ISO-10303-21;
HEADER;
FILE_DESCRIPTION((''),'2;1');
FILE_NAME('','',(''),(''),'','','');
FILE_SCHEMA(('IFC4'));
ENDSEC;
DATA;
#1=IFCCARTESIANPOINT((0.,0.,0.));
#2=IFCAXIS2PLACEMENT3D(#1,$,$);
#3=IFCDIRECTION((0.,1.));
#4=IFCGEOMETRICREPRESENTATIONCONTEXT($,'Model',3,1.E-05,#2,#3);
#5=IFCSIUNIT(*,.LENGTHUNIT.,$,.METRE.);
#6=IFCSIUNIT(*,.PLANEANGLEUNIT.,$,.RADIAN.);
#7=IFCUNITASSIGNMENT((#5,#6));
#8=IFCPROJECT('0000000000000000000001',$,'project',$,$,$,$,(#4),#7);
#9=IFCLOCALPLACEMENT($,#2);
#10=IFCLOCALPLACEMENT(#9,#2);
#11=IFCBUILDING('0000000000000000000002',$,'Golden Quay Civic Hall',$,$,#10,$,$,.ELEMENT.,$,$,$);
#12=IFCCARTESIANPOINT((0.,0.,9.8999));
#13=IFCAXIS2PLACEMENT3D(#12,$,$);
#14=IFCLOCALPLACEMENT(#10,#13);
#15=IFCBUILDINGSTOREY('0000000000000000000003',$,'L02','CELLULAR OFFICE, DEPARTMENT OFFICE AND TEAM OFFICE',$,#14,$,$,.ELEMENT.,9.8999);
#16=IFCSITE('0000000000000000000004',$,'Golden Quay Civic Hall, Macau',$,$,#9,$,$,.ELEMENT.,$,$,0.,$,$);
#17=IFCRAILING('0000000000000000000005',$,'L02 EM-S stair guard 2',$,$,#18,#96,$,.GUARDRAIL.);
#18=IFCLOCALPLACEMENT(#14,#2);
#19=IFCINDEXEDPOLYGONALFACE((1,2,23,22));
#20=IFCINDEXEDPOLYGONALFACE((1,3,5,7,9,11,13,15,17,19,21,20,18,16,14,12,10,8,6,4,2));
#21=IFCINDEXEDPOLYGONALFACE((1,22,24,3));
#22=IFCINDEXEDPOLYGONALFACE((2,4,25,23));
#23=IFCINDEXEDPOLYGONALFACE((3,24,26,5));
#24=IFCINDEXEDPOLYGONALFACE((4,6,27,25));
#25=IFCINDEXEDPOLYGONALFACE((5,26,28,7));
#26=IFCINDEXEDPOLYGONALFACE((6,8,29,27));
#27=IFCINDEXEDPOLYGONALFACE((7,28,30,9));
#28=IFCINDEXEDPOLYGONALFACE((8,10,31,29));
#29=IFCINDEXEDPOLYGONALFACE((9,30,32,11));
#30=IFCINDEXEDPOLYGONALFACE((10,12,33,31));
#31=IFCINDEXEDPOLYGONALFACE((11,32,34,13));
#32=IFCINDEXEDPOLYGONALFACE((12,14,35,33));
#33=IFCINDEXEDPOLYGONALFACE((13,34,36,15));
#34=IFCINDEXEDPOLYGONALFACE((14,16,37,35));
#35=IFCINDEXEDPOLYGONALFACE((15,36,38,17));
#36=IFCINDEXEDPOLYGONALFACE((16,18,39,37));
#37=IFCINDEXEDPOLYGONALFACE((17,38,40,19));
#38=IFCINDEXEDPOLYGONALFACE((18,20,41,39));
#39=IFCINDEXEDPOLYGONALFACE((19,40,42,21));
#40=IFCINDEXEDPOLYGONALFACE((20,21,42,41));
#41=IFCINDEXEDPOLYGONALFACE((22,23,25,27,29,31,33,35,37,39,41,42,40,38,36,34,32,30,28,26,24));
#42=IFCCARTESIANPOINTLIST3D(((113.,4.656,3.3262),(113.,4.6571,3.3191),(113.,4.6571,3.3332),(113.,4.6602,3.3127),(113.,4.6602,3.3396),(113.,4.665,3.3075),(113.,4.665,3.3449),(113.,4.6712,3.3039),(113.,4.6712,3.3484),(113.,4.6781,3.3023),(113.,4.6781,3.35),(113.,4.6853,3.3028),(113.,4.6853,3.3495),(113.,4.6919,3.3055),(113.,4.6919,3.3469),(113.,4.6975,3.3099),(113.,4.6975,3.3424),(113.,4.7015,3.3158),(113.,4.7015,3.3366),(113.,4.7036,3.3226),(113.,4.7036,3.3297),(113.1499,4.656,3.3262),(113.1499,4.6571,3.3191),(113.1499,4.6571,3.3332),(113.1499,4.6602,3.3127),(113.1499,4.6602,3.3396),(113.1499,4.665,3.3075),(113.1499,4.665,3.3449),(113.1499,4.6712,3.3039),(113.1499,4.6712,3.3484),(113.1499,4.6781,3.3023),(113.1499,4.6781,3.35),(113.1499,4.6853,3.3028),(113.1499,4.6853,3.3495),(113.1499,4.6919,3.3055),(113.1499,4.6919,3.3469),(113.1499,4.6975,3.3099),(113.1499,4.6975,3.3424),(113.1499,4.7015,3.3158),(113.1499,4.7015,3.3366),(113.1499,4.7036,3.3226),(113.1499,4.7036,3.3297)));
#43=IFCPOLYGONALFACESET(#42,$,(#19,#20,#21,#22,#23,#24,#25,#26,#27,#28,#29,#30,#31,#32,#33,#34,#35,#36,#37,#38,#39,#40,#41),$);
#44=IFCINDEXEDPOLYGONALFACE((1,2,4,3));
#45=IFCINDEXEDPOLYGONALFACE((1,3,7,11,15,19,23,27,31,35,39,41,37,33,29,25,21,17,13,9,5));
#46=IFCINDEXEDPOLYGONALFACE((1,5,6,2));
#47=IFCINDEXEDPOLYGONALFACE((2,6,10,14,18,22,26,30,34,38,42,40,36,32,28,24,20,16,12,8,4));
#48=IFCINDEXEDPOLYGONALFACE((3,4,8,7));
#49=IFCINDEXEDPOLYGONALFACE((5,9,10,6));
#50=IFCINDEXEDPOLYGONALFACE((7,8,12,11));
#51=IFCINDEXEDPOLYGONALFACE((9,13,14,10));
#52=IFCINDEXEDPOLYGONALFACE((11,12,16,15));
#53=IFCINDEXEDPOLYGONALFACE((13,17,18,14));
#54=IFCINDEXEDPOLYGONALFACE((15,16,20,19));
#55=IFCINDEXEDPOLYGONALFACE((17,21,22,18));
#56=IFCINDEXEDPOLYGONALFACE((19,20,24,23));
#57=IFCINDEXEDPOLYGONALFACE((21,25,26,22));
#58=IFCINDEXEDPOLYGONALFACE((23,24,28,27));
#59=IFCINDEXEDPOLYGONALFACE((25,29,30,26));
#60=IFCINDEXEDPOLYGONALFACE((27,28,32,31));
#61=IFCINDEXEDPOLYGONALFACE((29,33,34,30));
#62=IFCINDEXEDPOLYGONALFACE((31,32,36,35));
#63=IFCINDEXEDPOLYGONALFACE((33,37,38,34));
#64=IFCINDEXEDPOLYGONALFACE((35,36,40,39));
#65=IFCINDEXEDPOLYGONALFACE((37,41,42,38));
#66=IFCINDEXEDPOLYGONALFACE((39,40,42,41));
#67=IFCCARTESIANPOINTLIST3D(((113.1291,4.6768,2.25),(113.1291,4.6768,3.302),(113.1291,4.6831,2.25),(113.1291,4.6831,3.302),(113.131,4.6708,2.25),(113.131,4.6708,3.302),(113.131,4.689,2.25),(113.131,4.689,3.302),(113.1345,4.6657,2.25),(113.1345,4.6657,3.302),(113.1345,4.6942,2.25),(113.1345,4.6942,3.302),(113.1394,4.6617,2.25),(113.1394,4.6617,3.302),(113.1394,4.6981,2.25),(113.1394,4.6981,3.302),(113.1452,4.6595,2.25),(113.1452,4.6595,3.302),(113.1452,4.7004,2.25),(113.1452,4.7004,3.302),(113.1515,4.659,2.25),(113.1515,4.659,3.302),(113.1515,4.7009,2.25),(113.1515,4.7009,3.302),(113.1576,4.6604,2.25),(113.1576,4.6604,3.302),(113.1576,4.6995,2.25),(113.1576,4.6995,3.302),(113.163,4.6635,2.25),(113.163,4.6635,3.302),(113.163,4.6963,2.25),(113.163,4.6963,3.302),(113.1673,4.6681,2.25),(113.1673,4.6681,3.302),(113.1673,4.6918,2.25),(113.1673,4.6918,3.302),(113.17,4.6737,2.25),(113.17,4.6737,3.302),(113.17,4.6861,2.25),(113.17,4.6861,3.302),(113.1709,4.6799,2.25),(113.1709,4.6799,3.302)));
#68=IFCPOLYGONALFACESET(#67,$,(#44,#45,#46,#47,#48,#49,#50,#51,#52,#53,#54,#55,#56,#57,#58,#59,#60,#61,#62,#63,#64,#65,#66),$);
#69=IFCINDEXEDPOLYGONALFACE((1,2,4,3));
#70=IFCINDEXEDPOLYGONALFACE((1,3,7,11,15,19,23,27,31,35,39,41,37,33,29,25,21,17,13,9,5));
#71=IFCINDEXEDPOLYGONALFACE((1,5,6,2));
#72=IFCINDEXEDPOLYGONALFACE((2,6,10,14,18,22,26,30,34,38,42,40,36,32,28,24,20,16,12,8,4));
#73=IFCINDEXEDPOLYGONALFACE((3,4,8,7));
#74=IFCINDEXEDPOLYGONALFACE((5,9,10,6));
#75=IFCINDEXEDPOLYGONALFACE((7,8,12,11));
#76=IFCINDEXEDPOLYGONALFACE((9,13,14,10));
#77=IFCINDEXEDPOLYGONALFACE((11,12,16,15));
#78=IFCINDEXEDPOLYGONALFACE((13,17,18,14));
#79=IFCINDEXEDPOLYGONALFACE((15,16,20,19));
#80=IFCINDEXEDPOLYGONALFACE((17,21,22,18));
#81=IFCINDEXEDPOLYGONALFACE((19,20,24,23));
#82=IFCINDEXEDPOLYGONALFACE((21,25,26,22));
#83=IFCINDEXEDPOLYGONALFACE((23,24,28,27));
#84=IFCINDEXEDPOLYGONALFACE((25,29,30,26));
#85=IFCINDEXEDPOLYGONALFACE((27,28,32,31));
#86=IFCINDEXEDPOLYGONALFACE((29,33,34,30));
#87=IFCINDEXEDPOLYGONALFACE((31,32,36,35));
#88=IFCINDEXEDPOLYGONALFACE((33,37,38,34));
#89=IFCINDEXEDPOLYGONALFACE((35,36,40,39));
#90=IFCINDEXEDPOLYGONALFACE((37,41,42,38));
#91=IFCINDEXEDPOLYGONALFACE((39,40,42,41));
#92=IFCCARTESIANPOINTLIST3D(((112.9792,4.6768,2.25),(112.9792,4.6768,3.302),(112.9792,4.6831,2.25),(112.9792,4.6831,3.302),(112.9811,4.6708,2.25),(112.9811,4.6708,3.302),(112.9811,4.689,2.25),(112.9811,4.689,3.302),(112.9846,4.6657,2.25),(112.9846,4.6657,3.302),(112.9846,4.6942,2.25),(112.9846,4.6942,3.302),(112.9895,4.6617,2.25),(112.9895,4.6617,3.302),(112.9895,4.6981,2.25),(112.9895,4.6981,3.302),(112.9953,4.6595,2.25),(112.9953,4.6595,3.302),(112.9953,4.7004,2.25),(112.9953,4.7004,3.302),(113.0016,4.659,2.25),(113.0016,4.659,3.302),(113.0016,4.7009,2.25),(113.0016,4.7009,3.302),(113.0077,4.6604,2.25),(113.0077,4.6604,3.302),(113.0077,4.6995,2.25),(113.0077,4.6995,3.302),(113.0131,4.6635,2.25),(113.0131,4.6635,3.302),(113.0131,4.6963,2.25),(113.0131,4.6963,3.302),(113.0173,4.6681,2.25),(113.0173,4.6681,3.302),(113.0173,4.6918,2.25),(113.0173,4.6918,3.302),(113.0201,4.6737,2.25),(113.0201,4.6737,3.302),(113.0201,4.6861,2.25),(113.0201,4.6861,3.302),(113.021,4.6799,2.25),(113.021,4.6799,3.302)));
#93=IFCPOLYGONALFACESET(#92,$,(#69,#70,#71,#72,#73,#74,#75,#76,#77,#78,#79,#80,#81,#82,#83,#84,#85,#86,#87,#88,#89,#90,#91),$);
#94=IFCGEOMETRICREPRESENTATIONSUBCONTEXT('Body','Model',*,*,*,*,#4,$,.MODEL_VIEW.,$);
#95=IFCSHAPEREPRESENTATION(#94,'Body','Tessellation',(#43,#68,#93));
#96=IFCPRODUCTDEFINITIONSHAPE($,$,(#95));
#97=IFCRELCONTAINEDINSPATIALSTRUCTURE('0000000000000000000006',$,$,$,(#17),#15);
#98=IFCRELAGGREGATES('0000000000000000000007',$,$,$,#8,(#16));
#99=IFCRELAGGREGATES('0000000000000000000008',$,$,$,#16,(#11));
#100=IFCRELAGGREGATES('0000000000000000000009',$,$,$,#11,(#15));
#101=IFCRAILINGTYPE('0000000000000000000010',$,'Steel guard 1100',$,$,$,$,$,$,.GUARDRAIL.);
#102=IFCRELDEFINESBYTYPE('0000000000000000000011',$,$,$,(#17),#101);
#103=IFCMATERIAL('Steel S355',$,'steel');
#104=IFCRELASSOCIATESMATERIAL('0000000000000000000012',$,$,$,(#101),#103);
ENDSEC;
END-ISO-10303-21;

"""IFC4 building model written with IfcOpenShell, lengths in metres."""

from ifc_helpers import new_model, si_unit, direction, frame, origin, origin_2d, place, context, subcontext, project, spatial, circle, extrude, material, type_object, element, save


model = new_model("IFC4")

# Units and contexts
model_context = context("Model", 3, precision=1e-05, world=origin(), true_north=direction((0.0, 1.0)))
body_context = subcontext(model_context, "Body", "Model", "MODEL_VIEW")
ifc_project = project(units=[si_unit("LENGTHUNIT", "METRE"), si_unit("PLANEANGLEUNIT", "RADIAN")], contexts=[model_context])

# Site, building, storey
site_placement = place(None, origin())
site = spatial("IfcSite", under=ifc_project, at=site_placement, Name="Golden Quay Civic Hall, Macau", CompositionType="ELEMENT", RefElevation=0.0)
building_placement = place(site_placement, origin())
building = spatial("IfcBuilding", under=site, at=building_placement, Name="Golden Quay Civic Hall", CompositionType="ELEMENT")
storey_placement = place(building_placement, frame((0.0, 0.0, 9.8999)))
storey = spatial("IfcBuildingStorey", under=building, at=storey_placement, Name="L02", Description="CELLULAR OFFICE, DEPARTMENT OFFICE AND TEAM OFFICE", CompositionType="ELEMENT", Elevation=9.8999)

# Railing
ifc_material_1 = material(Name="Steel S355", Category="steel")
railing_type = type_object("IfcRailingType", Name="Steel guard 1100", PredefinedType="GUARDRAIL", material=ifc_material_1)
railing_1_placement = place(storey_placement, frame((113.1499, 4.6799, 2.25)))
element("IfcRailing", 1, at=railing_1_placement, inside=storey, type_object=railing_type, Name="L02 EM-S stair guard 2", PredefinedType="GUARDRAIL", context=body_context, shape_type="SweptSolid", body=[
    extrude(circle(Radius=0.0239, at=origin_2d()), frame((0.0, 0.0, 1.0762), z_axis=(-1.0, 0.0, 0.0), x_axis=(0.0, -1.0, 0.0)), (0.0, 0.0, 1.0), 0.1499),
    extrude(circle(Radius=0.021, at=origin_2d()), origin(), (0.0, 0.0, 1.0), 1.052),
    extrude(circle(Radius=0.021, at=origin_2d()), frame((-0.1499, 0.0, 0.0)), (0.0, 0.0, 1.0), 1.052),
])

save(model, "model.ifc")
